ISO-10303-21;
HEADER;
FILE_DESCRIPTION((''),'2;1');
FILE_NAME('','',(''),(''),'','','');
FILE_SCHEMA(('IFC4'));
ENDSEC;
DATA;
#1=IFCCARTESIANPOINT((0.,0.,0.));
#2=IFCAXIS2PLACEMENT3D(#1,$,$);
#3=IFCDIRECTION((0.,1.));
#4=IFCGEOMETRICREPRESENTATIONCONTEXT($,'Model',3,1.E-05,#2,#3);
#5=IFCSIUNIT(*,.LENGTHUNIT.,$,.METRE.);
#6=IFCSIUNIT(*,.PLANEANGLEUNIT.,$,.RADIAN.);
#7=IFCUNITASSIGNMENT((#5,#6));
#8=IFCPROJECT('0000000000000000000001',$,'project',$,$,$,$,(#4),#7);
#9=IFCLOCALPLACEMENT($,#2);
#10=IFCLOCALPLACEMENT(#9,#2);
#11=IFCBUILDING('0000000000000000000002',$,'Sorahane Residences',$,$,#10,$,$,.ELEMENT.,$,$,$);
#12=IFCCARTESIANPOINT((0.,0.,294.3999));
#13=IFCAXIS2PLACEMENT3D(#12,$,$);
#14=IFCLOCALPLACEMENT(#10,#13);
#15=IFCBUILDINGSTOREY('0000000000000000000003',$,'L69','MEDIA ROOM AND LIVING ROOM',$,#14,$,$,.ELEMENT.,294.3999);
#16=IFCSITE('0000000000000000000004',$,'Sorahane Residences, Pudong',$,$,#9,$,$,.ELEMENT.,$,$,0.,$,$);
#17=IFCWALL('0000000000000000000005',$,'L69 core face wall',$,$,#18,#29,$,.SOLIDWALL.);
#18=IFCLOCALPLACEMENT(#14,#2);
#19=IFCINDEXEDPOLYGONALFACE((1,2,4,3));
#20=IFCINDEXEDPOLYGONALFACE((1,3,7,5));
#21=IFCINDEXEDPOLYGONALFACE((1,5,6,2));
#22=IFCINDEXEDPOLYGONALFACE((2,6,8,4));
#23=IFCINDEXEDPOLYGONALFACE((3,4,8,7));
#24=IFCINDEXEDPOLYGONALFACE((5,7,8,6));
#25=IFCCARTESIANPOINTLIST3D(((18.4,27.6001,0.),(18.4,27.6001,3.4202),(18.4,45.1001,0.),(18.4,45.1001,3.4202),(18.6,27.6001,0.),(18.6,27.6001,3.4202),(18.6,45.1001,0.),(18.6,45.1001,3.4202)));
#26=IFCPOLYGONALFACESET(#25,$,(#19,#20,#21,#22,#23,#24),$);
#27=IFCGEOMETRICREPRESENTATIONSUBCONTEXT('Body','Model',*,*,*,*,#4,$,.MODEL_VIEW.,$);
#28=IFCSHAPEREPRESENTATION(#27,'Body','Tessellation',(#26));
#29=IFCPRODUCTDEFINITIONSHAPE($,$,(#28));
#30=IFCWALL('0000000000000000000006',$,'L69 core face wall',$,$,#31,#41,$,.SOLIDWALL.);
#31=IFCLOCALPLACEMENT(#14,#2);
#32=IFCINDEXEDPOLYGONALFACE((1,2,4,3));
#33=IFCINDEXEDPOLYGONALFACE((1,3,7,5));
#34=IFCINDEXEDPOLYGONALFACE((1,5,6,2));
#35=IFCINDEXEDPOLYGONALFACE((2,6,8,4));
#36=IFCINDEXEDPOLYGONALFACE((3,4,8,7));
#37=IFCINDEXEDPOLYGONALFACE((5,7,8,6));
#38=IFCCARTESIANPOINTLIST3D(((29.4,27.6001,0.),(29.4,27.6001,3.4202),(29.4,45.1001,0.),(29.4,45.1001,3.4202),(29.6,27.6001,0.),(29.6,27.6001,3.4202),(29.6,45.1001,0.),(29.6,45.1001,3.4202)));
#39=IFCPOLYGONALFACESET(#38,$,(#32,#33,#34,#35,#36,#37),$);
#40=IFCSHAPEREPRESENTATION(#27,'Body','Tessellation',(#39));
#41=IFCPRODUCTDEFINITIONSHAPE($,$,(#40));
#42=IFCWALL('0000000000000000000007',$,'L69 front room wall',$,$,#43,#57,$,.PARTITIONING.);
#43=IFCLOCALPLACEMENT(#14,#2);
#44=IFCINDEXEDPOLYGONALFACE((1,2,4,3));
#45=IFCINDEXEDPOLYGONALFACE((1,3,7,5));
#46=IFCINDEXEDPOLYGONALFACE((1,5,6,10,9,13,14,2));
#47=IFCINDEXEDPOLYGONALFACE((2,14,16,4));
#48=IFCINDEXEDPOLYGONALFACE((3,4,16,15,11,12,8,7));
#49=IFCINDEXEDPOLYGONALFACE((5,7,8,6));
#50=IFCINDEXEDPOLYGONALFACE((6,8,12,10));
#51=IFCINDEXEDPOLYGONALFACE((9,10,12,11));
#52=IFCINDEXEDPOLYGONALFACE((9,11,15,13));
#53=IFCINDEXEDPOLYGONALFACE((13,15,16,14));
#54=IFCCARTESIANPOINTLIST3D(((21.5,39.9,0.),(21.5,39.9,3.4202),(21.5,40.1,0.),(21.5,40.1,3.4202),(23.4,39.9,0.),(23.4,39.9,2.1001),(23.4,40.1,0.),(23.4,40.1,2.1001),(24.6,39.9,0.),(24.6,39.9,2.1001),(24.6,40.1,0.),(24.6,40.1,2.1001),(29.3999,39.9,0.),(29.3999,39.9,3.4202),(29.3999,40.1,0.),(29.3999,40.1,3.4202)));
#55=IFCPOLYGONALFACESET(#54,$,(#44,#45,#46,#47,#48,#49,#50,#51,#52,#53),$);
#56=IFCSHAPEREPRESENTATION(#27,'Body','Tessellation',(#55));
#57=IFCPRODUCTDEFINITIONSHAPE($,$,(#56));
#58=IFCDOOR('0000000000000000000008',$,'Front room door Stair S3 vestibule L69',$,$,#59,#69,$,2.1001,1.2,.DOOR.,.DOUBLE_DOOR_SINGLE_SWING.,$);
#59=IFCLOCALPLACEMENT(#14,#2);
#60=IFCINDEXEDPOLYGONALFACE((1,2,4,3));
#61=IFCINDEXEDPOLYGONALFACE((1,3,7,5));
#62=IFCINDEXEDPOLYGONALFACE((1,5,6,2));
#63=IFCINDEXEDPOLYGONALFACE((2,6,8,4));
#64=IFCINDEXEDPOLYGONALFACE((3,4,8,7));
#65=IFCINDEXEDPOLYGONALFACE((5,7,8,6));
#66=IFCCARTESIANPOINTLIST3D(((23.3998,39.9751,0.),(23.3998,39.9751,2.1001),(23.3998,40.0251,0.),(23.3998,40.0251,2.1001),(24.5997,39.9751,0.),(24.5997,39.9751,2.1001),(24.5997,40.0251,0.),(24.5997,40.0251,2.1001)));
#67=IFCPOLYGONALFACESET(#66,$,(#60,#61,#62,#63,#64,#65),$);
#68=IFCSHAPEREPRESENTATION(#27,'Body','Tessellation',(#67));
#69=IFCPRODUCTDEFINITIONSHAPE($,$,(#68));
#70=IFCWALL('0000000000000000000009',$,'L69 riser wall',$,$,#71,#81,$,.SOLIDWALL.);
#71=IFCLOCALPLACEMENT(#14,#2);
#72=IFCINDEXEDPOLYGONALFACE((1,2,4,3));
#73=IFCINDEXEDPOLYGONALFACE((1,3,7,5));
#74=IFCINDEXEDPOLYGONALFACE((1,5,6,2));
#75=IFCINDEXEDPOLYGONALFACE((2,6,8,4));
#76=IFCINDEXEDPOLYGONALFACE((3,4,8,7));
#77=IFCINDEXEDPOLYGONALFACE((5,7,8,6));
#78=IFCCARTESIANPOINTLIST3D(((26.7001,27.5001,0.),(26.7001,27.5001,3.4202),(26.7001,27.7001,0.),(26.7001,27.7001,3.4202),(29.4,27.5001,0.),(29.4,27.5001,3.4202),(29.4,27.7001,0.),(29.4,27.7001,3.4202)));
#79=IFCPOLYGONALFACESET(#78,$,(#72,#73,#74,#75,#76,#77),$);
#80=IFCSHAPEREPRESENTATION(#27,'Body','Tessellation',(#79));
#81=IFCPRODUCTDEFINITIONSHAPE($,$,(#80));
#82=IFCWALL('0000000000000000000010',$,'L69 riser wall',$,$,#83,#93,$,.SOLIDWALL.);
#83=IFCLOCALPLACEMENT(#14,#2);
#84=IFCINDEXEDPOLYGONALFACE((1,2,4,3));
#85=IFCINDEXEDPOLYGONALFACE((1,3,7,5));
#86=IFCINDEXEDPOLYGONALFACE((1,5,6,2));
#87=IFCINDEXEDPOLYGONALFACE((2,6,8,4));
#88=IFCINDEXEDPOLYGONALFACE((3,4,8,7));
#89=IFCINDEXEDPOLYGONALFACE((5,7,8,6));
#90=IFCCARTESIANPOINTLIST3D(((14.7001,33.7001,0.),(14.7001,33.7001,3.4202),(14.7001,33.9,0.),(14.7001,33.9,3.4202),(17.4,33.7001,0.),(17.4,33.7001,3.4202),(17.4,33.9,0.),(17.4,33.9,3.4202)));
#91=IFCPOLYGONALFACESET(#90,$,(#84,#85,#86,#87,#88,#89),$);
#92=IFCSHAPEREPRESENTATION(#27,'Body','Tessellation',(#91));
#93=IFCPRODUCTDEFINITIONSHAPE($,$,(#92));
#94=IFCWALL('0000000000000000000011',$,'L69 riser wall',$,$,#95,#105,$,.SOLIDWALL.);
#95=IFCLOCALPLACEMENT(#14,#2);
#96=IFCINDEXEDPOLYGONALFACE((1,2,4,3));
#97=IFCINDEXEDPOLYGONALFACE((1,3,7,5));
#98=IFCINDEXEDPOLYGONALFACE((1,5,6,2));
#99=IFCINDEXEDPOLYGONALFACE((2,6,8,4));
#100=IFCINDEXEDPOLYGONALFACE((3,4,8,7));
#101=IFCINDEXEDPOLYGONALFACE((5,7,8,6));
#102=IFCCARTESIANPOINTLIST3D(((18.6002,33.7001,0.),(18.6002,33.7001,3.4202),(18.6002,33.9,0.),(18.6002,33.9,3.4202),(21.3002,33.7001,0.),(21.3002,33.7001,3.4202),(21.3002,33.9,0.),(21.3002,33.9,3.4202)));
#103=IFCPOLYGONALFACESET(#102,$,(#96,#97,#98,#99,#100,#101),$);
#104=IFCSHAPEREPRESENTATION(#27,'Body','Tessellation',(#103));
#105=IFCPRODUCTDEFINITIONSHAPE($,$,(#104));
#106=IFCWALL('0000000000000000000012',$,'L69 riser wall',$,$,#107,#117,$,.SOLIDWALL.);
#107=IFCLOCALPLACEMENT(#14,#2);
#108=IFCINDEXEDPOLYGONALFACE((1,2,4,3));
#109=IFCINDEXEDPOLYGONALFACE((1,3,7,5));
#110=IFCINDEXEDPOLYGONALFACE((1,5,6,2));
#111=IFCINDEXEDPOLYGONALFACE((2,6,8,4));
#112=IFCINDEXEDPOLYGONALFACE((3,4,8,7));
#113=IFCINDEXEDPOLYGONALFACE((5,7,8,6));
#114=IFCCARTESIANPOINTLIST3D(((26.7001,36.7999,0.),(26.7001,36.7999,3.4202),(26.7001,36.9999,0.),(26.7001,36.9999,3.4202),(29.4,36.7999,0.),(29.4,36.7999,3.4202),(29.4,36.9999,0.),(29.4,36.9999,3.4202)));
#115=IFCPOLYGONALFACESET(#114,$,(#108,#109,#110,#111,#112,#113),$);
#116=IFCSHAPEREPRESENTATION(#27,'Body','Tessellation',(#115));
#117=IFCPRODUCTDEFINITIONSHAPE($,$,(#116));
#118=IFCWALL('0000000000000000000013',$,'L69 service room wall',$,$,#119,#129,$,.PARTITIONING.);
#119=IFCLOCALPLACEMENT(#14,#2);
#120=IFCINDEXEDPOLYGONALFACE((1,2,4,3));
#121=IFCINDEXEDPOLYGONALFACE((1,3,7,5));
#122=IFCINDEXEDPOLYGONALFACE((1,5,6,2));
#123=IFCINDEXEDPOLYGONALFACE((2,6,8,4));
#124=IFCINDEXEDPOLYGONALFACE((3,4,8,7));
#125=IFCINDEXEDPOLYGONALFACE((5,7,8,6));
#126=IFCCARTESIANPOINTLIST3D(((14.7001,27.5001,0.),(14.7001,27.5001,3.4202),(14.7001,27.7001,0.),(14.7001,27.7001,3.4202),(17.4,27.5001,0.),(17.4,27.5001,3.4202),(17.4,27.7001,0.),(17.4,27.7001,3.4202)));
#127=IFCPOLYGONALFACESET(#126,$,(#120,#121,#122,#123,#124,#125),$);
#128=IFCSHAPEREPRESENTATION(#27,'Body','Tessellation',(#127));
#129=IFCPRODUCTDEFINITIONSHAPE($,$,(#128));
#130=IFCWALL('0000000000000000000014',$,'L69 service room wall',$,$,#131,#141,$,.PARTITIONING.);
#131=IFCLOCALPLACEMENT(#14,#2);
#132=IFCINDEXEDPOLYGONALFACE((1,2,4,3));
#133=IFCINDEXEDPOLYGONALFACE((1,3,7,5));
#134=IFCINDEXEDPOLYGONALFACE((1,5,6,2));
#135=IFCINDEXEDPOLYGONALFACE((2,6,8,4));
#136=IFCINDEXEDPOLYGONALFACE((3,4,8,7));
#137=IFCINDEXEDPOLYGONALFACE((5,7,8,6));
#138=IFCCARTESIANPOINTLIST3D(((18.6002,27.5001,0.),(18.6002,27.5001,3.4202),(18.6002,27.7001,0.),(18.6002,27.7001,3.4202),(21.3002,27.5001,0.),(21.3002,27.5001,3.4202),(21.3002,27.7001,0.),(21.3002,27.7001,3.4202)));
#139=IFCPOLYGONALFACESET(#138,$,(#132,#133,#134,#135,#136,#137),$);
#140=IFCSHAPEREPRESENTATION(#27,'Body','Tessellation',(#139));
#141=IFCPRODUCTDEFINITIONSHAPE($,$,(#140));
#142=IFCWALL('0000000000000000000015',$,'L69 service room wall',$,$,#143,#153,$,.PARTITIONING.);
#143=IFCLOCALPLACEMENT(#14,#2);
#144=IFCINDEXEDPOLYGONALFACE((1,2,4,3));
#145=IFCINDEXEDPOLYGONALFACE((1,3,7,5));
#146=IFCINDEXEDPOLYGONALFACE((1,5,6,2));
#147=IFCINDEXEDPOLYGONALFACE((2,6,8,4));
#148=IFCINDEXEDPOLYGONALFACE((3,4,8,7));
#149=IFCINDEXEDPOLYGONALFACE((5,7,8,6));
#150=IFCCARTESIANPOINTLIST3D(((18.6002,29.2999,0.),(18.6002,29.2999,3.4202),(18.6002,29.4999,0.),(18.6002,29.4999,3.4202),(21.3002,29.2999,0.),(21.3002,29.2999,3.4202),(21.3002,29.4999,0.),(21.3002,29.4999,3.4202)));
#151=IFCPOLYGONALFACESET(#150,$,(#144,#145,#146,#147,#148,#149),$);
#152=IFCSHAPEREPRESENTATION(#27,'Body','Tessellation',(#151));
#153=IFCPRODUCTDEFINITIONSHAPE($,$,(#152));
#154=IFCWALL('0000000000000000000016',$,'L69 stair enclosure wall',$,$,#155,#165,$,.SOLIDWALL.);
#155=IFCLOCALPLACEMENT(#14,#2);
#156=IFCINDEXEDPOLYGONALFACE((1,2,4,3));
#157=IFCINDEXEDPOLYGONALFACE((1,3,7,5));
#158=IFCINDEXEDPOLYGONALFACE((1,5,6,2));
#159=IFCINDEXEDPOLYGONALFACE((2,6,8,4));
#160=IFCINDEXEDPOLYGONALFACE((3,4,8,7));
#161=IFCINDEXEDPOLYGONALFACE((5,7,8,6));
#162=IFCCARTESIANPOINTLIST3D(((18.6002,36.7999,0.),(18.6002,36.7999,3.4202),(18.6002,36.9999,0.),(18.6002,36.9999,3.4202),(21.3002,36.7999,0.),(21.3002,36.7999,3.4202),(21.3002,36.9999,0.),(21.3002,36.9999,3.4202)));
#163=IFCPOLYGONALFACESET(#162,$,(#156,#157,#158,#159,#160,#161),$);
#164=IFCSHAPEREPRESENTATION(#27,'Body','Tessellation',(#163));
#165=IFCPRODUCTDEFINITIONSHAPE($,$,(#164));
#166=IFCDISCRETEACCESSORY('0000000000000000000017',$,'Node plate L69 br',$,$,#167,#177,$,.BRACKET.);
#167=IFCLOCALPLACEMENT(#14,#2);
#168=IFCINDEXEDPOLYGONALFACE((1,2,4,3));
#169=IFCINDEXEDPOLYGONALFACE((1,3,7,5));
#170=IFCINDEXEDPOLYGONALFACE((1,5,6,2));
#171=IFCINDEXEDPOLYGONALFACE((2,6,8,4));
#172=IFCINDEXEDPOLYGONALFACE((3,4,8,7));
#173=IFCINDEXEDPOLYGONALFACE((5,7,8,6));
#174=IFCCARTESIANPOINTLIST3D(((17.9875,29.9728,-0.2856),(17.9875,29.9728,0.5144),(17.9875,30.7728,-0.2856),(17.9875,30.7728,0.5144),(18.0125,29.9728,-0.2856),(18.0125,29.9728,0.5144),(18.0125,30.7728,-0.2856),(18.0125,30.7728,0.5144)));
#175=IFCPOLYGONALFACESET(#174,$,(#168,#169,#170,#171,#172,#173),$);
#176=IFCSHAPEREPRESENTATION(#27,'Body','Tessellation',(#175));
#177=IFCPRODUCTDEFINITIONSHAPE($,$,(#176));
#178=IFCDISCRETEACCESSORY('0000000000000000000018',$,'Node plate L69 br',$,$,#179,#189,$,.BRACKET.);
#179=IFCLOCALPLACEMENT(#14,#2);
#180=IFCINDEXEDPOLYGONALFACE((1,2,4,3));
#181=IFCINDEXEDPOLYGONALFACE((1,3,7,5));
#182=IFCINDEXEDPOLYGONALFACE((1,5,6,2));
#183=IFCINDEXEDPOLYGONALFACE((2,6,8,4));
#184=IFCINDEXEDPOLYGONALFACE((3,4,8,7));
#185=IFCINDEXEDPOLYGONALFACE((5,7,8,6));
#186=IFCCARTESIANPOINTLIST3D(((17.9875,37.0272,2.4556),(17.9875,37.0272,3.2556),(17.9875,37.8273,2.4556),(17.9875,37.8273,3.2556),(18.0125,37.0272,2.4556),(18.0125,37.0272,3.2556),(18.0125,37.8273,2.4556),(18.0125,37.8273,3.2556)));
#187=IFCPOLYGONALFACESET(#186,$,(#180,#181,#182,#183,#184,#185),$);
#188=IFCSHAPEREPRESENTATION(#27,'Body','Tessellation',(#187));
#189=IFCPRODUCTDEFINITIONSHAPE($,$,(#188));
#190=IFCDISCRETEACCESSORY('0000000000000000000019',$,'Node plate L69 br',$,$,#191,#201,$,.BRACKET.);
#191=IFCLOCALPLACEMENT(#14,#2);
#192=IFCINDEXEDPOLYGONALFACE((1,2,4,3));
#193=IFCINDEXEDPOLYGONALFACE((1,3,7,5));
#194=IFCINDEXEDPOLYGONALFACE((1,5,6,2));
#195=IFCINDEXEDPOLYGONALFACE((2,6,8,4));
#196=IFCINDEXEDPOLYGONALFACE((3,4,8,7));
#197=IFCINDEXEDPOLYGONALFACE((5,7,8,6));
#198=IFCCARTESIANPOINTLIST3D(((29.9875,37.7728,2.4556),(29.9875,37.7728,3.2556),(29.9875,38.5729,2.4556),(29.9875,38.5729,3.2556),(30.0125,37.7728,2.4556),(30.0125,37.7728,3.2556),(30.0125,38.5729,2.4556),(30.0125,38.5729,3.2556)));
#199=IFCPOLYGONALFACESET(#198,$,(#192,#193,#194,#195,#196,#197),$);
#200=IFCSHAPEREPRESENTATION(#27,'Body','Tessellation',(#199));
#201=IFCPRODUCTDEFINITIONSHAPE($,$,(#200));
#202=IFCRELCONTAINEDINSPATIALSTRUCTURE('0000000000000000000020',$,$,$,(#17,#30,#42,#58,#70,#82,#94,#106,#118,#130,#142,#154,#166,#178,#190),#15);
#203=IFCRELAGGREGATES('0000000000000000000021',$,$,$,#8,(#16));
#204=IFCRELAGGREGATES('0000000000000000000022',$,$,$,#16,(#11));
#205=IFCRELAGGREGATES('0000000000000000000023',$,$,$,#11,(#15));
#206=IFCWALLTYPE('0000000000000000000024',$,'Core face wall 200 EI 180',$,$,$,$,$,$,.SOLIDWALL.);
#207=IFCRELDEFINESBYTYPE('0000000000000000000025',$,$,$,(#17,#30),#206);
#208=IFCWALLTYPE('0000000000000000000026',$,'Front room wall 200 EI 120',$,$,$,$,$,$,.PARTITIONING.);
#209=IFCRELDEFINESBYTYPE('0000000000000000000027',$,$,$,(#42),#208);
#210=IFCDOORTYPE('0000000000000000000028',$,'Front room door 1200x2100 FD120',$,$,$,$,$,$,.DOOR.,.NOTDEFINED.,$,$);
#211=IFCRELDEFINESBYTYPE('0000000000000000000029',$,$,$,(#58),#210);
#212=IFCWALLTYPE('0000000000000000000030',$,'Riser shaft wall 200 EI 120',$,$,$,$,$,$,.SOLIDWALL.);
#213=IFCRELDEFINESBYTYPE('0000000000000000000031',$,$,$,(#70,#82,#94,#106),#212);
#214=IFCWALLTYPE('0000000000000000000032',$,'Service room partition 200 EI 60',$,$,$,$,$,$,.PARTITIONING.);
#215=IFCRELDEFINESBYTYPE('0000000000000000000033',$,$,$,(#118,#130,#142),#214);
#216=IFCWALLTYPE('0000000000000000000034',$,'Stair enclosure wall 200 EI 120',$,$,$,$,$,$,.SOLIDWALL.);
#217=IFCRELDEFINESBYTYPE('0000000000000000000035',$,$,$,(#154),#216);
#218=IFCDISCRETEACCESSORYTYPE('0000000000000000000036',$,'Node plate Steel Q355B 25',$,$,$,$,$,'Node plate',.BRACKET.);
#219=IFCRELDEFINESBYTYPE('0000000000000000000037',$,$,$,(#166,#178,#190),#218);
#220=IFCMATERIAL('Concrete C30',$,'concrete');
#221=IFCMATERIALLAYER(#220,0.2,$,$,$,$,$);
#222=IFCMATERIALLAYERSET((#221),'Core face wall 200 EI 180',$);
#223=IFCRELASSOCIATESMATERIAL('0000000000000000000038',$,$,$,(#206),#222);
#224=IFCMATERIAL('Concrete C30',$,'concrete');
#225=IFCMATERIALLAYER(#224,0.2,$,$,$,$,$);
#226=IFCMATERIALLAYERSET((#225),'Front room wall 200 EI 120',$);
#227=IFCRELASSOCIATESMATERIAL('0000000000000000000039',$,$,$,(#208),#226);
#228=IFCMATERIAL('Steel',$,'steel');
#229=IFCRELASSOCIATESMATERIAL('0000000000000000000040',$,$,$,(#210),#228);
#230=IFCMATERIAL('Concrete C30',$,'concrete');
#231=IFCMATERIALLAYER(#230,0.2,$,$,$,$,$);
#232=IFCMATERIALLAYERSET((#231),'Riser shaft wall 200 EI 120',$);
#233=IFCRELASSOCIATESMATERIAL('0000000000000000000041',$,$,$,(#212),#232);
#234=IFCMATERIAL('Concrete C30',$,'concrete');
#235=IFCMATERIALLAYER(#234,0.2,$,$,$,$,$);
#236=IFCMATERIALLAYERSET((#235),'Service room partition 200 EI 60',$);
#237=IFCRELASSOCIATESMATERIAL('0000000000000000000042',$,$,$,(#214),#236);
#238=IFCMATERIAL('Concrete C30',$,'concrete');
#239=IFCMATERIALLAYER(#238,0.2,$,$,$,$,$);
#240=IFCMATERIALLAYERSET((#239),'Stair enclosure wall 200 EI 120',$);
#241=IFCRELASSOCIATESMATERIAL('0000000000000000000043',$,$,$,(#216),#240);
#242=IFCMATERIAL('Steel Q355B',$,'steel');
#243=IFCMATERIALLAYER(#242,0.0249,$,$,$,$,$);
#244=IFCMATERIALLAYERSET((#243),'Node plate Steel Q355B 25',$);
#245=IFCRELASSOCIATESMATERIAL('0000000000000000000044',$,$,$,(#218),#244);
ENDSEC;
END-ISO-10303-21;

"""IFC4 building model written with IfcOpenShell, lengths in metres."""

from ifc_helpers import new_model, si_unit, direction, frame, frame_2d, origin, origin_2d, place, context, subcontext, project, spatial, rectangle, extrude, material, layer, layer_set, type_object, element, fill, save


model = new_model("IFC4")

# Units and contexts
model_context = context("Model", 3, precision=1e-05, world=origin(), true_north=direction((0.0, 1.0)))
body_context = subcontext(model_context, "Body", "Model", "MODEL_VIEW")
ifc_project = project(units=[si_unit("LENGTHUNIT", "METRE"), si_unit("PLANEANGLEUNIT", "RADIAN")], contexts=[model_context])

# Site, building, storey
site_placement = place(None, origin())
site = spatial("IfcSite", under=ifc_project, at=site_placement, Name="Sorahane Residences, Pudong", CompositionType="ELEMENT", RefElevation=0.0)
building_placement = place(site_placement, origin())
building = spatial("IfcBuilding", under=site, at=building_placement, Name="Sorahane Residences", CompositionType="ELEMENT")
storey_placement = place(building_placement, frame((0.0, 0.0, 294.3999)))
storey = spatial("IfcBuildingStorey", under=building, at=storey_placement, Name="L69", Description="MEDIA ROOM AND LIVING ROOM", CompositionType="ELEMENT", Elevation=294.3999)

# Walls
ifc_material_1 = material(Name="Concrete C30", Category="concrete")
ifc_layer_1 = layer(ifc_material_1, 0.2)
ifc_layer_set_1 = layer_set([ifc_layer_1], Name="Core face wall 200 EI 180")
wall_type_1 = type_object("IfcWallType", Name="Core face wall 200 EI 180", PredefinedType="SOLIDWALL", material=ifc_layer_set_1)
for number, where, z_axis, x_axis, name in (
    (1, (18.5, 27.6001, 0.0), (0.0, 0.0, 1.0), (0.0, 1.0, 0.0), "L69 core face wall"),
    (2, (29.5, 27.6001, 0.0), (0.0, 0.0, 1.0), (0.0, 1.0, 0.0), "L69 core face wall"),
):
    element("IfcWall", number, at=place(storey_placement, frame(where, z_axis=z_axis, x_axis=x_axis)), inside=storey, type_object=wall_type_1, Name=name, PredefinedType="SOLIDWALL", context=body_context, shape_type="SweptSolid", body=[
        extrude(rectangle(XDim=17.5, YDim=0.2, at=frame_2d((8.75, 0.0))), origin(), (0.0, 0.0, 1.0), 3.4202),
    ])

# Wall, opening, door
ifc_material_2 = material(Name="Concrete C30", Category="concrete")
ifc_layer_2 = layer(ifc_material_2, 0.2)
ifc_layer_set_2 = layer_set([ifc_layer_2], Name="Front room wall 200 EI 120")
wall_type_2 = type_object("IfcWallType", Name="Front room wall 200 EI 120", PredefinedType="PARTITIONING", material=ifc_layer_set_2)
wall_1_placement = place(storey_placement, frame((21.5, 40.0, 0.0), z_axis=(0.0, 0.0, 1.0), x_axis=(1.0, 0.0, 0.0)))
wall_1 = element("IfcWall", 3, at=wall_1_placement, inside=storey, type_object=wall_type_2, Name="L69 front room wall", PredefinedType="PARTITIONING", context=body_context, shape_type="SweptSolid", body=[
    extrude(rectangle(XDim=7.8999, YDim=0.2, at=frame_2d((3.95, 0.0))), origin(), (0.0, 0.0, 1.0), 3.4202),
])
opening_placement = place(wall_1_placement, frame((1.8999, 0.0, 0.0)))
opening = element("IfcOpeningElement", 4, at=opening_placement, cuts=wall_1, PredefinedType="OPENING", context=body_context, shape_type="SweptSolid", body=[
    extrude(rectangle(XDim=1.2, YDim=2.1001, at=frame_2d((0.6001, 1.05))), frame((0.0, 0.1099, 0.0), z_axis=(0.0, -1.0, 0.0), x_axis=(1.0, 0.0, 0.0)), (0.0, 0.0, 1.0), 0.22),
])
ifc_material_3 = material(Name="Steel", Category="steel")
door_type = type_object("IfcDoorType", Name="Front room door 1200x2100 FD120", OperationType="NOTDEFINED", PredefinedType="DOOR", material=ifc_material_3)
door_placement = place(opening_placement, frame((1.2, 0.0, 0.0), z_axis=(0.0, 0.0, 1.0), x_axis=(-1.0, 0.0, 0.0)))
door = element("IfcDoor", 5, at=door_placement, inside=storey, type_object=door_type, Name="Front room door Stair S3 vestibule L69", OperationType="DOUBLE_DOOR_SINGLE_SWING", OverallHeight=2.1001, OverallWidth=1.2, PredefinedType="DOOR", context=body_context, shape_type="SweptSolid", body=[
    extrude(rectangle(XDim=1.2, YDim=2.1001, at=frame_2d((0.6001, 1.05))), frame((0.0, 0.0249, 0.0), z_axis=(0.0, -1.0, 0.0), x_axis=(1.0, 0.0, 0.0)), (0.0, 0.0, 1.0), 0.05),
])
fill(opening, door)

# Walls
ifc_material_4 = material(Name="Concrete C30", Category="concrete")
ifc_layer_3 = layer(ifc_material_4, 0.2)
ifc_layer_set_3 = layer_set([ifc_layer_3], Name="Riser shaft wall 200 EI 120")
wall_type_3 = type_object("IfcWallType", Name="Riser shaft wall 200 EI 120", PredefinedType="SOLIDWALL", material=ifc_layer_set_3)
for number, where, z_axis, x_axis, name in (
    (6, (26.7, 27.6001, 0.0), (0.0, 0.0, 1.0), (1.0, 0.0, 0.0), "L69 riser wall"),
    (7, (14.7, 33.8, 0.0), (0.0, 0.0, 1.0), (1.0, 0.0, 0.0), "L69 riser wall"),
    (8, (18.6001, 33.8, 0.0), (0.0, 0.0, 1.0), (1.0, 0.0, 0.0), "L69 riser wall"),
    (9, (26.7, 36.8999, 0.0), (0.0, 0.0, 1.0), (1.0, 0.0, 0.0), "L69 riser wall"),
):
    element("IfcWall", number, at=place(storey_placement, frame(where, z_axis=z_axis, x_axis=x_axis)), inside=storey, type_object=wall_type_3, Name=name, PredefinedType="SOLIDWALL", context=body_context, shape_type="SweptSolid", body=[
        extrude(rectangle(XDim=2.7, YDim=0.2, at=frame_2d((1.3501, 0.0))), origin(), (0.0, 0.0, 1.0), 3.4202),
    ])
ifc_material_5 = material(Name="Concrete C30", Category="concrete")
ifc_layer_4 = layer(ifc_material_5, 0.2)
ifc_layer_set_4 = layer_set([ifc_layer_4], Name="Service room partition 200 EI 60")
wall_type_4 = type_object("IfcWallType", Name="Service room partition 200 EI 60", PredefinedType="PARTITIONING", material=ifc_layer_set_4)
for number, where, z_axis, x_axis, name in (
    (10, (14.7, 27.6001, 0.0), (0.0, 0.0, 1.0), (1.0, 0.0, 0.0), "L69 service room wall"),
    (11, (18.6001, 27.6001, 0.0), (0.0, 0.0, 1.0), (1.0, 0.0, 0.0), "L69 service room wall"),
    (12, (18.6001, 29.3999, 0.0), (0.0, 0.0, 1.0), (1.0, 0.0, 0.0), "L69 service room wall"),
):
    element("IfcWall", number, at=place(storey_placement, frame(where, z_axis=z_axis, x_axis=x_axis)), inside=storey, type_object=wall_type_4, Name=name, PredefinedType="PARTITIONING", context=body_context, shape_type="SweptSolid", body=[
        extrude(rectangle(XDim=2.7, YDim=0.2, at=frame_2d((1.3501, 0.0))), origin(), (0.0, 0.0, 1.0), 3.4202),
    ])
ifc_material_6 = material(Name="Concrete C30", Category="concrete")
ifc_layer_5 = layer(ifc_material_6, 0.2)
ifc_layer_set_5 = layer_set([ifc_layer_5], Name="Stair enclosure wall 200 EI 120")
wall_type_5 = type_object("IfcWallType", Name="Stair enclosure wall 200 EI 120", PredefinedType="SOLIDWALL", material=ifc_layer_set_5)
wall_2_placement = place(storey_placement, frame((18.6001, 36.8999, 0.0), z_axis=(0.0, 0.0, 1.0), x_axis=(1.0, 0.0, 0.0)))
element("IfcWall", 13, at=wall_2_placement, inside=storey, type_object=wall_type_5, Name="L69 stair enclosure wall", PredefinedType="SOLIDWALL", context=body_context, shape_type="SweptSolid", body=[
    extrude(rectangle(XDim=2.7, YDim=0.2, at=frame_2d((1.3501, 0.0))), origin(), (0.0, 0.0, 1.0), 3.4202),
])

# Discrete accessories
ifc_material_7 = material(Name="Steel Q355B", Category="steel")
ifc_layer_6 = layer(ifc_material_7, 0.0249)
ifc_layer_set_6 = layer_set([ifc_layer_6], Name="Node plate Steel Q355B 25")
discrete_accessory_type = type_object("IfcDiscreteAccessoryType", Name="Node plate Steel Q355B 25", ElementType="Node plate", PredefinedType="BRACKET", material=ifc_layer_set_6)
for number, where, z_axis, x_axis, name in (
    (14, (18.0, 30.3728, -0.2856), (0.0, 0.0, 1.0), (0.0, 1.0, 0.0), "Node plate L69 br"),
    (15, (18.0, 37.4272, 2.4556), (0.0, 0.0, 1.0), (0.0, 1.0, 0.0), "Node plate L69 br"),
    (16, (30.0, 38.1729, 2.4556), (0.0, 0.0, 1.0), (0.0, 1.0, 0.0), "Node plate L69 br"),
):
    element("IfcDiscreteAccessory", number, at=place(storey_placement, frame(where, z_axis=z_axis, x_axis=x_axis)), inside=storey, type_object=discrete_accessory_type, Name=name, PredefinedType="BRACKET", context=body_context, shape_type="SweptSolid", body=[
        extrude(rectangle(XDim=0.8, YDim=0.0249, at=origin_2d()), origin(), (0.0, 0.0, 1.0), 0.8),
    ])

save(model, "model.ifc")
